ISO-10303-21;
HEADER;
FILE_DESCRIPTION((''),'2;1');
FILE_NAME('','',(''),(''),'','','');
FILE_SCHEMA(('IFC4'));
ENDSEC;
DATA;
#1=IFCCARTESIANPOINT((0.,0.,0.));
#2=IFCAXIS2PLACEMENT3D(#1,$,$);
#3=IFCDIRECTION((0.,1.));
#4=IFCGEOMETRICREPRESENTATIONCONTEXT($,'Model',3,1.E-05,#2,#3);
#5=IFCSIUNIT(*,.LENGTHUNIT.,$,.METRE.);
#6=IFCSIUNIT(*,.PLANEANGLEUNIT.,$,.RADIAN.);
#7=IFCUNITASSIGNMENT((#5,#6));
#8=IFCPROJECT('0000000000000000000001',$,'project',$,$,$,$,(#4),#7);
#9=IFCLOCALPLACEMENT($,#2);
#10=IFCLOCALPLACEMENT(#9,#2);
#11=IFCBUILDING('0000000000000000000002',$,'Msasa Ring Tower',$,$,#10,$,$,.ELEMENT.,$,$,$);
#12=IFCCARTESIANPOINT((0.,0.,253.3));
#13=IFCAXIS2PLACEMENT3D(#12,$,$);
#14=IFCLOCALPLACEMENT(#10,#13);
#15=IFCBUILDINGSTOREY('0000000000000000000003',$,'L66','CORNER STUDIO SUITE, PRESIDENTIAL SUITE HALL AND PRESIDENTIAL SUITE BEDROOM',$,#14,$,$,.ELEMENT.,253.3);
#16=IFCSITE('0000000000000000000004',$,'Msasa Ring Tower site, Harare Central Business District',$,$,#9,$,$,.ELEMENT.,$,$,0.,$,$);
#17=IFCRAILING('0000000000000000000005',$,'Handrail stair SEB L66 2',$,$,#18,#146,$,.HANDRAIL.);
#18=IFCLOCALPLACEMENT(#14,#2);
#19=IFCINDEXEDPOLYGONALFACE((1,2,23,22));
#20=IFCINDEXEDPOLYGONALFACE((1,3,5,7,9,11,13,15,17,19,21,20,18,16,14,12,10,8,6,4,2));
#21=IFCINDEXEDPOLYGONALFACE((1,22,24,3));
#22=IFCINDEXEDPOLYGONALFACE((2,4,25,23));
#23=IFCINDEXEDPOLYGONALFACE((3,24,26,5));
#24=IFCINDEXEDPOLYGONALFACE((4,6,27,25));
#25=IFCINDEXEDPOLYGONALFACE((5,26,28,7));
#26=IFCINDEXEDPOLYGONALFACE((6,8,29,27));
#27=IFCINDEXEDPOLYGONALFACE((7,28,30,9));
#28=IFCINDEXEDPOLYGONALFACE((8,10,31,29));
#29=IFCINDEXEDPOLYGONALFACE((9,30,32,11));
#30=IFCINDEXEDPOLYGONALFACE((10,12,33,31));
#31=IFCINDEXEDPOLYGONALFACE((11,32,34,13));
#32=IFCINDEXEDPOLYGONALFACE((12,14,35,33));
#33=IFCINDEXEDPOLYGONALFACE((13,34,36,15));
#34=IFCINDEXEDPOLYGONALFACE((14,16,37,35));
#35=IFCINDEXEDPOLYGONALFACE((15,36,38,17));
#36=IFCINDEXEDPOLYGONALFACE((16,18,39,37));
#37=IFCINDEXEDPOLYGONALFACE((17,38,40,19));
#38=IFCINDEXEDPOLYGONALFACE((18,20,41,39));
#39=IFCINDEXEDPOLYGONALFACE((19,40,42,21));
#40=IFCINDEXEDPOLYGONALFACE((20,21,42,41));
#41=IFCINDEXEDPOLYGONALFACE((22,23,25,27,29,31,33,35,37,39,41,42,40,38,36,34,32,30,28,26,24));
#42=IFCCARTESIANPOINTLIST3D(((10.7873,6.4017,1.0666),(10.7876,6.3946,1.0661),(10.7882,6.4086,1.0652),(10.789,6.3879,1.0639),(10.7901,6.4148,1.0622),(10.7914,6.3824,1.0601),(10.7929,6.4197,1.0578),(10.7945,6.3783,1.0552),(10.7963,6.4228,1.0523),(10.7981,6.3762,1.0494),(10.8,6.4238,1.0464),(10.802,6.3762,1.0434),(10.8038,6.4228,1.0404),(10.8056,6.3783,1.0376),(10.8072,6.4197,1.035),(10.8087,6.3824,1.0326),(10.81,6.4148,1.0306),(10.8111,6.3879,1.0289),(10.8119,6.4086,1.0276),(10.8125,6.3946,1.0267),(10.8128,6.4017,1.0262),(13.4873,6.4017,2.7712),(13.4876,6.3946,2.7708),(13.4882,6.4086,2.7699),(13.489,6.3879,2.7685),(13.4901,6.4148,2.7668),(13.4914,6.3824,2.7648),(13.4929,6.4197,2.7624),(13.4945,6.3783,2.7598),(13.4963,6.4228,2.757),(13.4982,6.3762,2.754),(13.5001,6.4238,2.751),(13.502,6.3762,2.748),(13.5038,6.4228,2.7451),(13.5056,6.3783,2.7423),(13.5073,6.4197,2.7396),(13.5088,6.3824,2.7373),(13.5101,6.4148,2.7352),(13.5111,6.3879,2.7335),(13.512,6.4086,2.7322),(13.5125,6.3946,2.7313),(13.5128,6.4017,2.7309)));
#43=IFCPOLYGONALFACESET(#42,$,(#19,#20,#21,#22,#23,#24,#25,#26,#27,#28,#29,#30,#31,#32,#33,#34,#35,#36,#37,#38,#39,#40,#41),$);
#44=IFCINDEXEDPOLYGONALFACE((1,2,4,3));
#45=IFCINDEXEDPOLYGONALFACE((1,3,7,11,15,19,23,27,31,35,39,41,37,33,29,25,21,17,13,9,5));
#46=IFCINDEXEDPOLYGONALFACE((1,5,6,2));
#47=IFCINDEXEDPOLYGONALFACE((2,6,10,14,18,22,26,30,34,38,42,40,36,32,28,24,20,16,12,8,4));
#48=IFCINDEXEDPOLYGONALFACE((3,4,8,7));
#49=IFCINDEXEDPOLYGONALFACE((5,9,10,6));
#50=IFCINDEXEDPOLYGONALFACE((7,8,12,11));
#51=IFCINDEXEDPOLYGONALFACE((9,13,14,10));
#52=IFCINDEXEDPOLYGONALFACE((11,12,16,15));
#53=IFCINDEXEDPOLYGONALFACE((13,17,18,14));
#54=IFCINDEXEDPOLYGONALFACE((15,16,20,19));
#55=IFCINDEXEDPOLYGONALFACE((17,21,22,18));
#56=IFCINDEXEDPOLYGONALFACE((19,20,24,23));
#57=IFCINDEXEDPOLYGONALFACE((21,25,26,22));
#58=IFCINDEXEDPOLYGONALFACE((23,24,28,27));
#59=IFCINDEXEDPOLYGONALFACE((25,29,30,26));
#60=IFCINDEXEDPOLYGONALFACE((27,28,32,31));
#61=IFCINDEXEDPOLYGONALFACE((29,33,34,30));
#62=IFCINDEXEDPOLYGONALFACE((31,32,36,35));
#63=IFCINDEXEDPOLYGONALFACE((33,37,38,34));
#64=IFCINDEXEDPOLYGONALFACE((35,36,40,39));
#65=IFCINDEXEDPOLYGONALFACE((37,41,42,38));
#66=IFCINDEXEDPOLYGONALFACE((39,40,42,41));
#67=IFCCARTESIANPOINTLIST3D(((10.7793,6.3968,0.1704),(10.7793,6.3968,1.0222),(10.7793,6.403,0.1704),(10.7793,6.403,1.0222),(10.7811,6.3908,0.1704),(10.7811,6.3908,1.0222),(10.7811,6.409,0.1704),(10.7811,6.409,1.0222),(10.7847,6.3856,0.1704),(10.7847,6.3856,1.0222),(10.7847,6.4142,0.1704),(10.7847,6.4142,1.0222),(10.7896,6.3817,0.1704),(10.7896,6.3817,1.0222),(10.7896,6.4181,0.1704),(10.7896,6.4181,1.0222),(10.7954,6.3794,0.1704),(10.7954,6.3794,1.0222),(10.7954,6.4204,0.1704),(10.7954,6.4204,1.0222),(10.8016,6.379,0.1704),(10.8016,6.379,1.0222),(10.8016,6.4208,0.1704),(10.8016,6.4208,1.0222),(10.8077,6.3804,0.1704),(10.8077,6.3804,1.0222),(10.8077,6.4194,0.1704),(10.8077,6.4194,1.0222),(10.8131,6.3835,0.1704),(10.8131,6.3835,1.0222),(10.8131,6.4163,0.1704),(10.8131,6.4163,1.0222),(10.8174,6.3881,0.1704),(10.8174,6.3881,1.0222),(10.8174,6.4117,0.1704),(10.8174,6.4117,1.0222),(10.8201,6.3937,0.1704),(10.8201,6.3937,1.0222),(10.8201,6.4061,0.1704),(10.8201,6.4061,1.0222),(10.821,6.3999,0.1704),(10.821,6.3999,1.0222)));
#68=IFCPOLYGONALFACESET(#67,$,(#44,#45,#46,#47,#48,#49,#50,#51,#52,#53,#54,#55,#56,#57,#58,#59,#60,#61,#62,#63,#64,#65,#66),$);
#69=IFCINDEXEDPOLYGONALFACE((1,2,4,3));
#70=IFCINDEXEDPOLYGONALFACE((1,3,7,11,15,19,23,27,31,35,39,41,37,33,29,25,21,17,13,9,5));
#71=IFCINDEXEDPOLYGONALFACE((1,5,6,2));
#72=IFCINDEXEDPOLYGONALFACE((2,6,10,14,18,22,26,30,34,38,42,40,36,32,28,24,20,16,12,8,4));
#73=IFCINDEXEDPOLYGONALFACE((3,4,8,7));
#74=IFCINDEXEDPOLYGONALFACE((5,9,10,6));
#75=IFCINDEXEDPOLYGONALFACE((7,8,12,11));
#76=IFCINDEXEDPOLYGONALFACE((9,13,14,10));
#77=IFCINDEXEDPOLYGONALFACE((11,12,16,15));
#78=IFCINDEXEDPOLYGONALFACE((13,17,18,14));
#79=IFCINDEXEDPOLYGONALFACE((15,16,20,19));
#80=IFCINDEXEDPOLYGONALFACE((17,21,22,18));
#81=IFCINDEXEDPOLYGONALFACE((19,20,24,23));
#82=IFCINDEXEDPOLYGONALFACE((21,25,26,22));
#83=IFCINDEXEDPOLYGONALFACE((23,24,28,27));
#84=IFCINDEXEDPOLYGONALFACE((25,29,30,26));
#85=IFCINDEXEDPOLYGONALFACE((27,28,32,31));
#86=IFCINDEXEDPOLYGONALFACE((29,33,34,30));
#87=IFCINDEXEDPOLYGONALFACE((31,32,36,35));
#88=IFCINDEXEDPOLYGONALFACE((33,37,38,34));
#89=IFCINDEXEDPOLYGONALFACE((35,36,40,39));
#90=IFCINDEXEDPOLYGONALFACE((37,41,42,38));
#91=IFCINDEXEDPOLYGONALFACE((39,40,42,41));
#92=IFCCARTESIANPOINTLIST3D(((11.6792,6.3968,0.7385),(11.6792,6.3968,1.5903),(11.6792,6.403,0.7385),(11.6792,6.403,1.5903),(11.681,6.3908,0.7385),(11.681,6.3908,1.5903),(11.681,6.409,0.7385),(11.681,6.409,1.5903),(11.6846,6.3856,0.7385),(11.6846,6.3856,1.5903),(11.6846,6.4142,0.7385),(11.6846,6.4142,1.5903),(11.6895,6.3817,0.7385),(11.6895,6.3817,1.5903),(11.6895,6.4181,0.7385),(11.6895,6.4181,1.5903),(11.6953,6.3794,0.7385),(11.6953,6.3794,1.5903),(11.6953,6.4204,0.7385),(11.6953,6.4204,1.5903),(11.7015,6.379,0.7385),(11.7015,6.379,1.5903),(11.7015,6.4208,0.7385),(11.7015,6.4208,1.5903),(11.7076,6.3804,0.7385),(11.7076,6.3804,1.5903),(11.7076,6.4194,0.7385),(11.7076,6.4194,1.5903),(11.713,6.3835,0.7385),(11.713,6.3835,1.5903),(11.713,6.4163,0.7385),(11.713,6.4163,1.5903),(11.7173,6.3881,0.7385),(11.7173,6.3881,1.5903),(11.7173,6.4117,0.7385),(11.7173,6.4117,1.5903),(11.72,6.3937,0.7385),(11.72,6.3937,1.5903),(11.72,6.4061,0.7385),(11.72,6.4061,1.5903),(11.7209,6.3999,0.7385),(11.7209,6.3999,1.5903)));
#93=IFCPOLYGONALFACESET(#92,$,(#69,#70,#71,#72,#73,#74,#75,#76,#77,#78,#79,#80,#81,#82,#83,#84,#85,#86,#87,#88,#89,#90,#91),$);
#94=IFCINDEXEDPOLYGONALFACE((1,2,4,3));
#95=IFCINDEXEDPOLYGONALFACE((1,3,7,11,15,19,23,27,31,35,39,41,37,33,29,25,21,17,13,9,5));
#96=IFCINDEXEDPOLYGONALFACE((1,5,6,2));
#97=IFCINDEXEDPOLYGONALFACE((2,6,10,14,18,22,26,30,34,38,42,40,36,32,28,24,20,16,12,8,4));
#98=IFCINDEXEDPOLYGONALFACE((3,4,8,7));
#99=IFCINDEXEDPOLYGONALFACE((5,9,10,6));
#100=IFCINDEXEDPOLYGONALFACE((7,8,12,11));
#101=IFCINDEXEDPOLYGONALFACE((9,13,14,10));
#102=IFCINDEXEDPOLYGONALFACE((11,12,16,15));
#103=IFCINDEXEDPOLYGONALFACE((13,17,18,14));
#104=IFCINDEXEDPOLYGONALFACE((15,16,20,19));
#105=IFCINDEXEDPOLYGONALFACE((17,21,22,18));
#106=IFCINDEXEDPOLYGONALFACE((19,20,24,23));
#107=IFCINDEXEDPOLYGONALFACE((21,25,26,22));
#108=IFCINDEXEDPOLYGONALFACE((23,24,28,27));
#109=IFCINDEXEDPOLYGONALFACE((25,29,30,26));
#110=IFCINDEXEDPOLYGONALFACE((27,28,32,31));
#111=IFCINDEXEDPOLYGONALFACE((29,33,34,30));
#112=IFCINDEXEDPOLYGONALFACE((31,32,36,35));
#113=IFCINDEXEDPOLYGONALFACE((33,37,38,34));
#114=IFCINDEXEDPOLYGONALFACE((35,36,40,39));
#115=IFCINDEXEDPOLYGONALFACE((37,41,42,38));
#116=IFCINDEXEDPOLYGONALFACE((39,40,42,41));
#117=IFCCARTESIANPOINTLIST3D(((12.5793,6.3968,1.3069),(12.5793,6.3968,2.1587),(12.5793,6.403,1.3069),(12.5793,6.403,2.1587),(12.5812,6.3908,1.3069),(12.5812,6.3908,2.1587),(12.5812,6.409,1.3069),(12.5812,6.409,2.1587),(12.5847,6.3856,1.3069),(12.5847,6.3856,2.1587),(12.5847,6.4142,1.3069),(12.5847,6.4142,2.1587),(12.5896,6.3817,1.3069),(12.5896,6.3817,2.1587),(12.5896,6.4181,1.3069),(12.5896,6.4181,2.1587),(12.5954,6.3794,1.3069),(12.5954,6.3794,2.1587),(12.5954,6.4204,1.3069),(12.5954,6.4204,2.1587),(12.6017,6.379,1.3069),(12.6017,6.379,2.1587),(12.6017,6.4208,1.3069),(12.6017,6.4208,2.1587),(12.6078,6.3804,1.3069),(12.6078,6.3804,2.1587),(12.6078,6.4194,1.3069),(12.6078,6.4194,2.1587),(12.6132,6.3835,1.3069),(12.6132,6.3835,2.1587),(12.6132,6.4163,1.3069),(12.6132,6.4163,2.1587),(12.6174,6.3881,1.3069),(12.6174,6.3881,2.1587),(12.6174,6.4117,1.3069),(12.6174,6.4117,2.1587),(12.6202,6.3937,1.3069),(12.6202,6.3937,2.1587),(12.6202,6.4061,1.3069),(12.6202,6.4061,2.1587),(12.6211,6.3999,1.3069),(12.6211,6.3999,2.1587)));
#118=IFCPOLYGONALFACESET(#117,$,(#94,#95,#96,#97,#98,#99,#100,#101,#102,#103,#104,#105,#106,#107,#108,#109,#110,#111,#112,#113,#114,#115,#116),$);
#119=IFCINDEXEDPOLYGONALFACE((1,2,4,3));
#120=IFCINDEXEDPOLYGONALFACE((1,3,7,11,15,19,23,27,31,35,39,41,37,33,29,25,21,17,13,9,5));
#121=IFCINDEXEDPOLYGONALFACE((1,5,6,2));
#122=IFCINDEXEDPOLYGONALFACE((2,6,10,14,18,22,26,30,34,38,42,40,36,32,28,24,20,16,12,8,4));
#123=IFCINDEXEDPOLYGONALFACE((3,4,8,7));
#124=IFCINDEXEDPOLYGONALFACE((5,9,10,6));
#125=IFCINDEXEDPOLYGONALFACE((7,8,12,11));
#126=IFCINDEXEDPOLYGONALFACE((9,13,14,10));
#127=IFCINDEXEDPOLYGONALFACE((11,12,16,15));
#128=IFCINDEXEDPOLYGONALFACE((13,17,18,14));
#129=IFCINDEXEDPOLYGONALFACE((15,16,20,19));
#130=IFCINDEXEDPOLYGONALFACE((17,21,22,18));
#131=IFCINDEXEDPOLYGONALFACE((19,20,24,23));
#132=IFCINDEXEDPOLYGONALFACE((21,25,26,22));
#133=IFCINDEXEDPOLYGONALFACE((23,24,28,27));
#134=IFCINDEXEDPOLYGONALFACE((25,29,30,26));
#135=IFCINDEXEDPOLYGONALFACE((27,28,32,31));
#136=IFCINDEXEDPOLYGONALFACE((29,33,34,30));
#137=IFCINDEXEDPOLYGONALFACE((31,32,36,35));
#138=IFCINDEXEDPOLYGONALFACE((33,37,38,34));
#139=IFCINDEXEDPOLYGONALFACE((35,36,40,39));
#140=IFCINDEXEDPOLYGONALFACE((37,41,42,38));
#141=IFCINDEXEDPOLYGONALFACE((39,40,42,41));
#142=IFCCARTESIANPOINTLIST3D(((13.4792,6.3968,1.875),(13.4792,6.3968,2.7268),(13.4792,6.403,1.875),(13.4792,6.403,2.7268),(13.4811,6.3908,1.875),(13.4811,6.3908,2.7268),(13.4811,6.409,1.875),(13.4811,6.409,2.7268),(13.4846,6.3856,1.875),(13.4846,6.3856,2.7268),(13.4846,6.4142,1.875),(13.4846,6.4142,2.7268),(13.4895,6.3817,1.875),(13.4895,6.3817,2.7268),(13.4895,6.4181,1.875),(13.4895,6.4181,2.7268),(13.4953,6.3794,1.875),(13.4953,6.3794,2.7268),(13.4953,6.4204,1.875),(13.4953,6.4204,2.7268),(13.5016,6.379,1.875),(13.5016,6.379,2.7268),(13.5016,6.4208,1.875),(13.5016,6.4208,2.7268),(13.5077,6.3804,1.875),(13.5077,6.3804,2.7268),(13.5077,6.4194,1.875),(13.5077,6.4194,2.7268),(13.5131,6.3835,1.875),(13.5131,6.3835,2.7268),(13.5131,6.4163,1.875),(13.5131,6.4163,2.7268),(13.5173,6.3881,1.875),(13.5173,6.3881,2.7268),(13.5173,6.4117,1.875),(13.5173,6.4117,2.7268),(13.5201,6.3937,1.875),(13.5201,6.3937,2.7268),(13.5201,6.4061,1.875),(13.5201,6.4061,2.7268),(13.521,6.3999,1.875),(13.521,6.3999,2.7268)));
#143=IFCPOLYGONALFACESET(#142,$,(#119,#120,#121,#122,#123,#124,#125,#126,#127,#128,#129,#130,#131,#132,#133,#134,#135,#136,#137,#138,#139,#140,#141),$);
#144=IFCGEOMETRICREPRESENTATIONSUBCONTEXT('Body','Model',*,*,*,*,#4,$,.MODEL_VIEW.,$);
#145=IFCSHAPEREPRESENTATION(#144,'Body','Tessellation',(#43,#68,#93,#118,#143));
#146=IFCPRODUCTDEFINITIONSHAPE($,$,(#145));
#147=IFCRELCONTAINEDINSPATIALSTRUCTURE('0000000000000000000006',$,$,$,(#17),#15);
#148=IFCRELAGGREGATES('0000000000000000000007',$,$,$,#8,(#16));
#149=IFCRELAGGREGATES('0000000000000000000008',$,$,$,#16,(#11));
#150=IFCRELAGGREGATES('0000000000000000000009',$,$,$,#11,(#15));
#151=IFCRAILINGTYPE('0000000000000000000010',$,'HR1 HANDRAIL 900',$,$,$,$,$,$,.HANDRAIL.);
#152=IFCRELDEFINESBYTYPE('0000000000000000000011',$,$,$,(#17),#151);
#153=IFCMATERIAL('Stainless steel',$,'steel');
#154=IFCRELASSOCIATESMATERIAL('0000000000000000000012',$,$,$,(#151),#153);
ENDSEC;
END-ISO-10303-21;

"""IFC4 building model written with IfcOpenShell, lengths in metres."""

from ifc_helpers import new_model, si_unit, direction, frame, origin, origin_2d, place, context, subcontext, project, spatial, circle, extrude, material, type_object, element, save


model = new_model("IFC4")

# Units and contexts
model_context = context("Model", 3, precision=1e-05, world=origin(), true_north=direction((0.0, 1.0)))
body_context = subcontext(model_context, "Body", "Model", "MODEL_VIEW")
ifc_project = project(units=[si_unit("LENGTHUNIT", "METRE"), si_unit("PLANEANGLEUNIT", "RADIAN")], contexts=[model_context])

# Site, building, storey
site_placement = place(None, origin())
site = spatial("IfcSite", under=ifc_project, at=site_placement, Name="Msasa Ring Tower site, Harare Central Business District", CompositionType="ELEMENT", RefElevation=0.0)
building_placement = place(site_placement, origin())
building = spatial("IfcBuilding", under=site, at=building_placement, Name="Msasa Ring Tower", CompositionType="ELEMENT")
storey_placement = place(building_placement, frame((0.0, 0.0, 253.3)))
storey = spatial("IfcBuildingStorey", under=building, at=storey_placement, Name="L66", Description="CORNER STUDIO SUITE, PRESIDENTIAL SUITE HALL AND PRESIDENTIAL SUITE BEDROOM", CompositionType="ELEMENT", Elevation=253.3)

# Railing
ifc_material_1 = material(Name="Stainless steel", Category="steel")
railing_type = type_object("IfcRailingType", Name="HR1 HANDRAIL 900", PredefinedType="HANDRAIL", material=ifc_material_1)
for number, where, name in (
    (1, (10.8, 6.3999, 0.1704), "Handrail stair SEB L66 2"),
):
    element("IfcRailing", number, at=place(storey_placement, frame(where)), inside=storey, type_object=railing_type, Name=name, PredefinedType="HANDRAIL", context=body_context, shape_type="SweptSolid", body=[
        extrude(circle(Radius=0.0239, at=origin_2d()), frame((0.0, 0.0, 0.876), z_axis=(0.84558, 0.0, 0.533849), x_axis=(0.0, 1.0, 0.0)), (0.0, 0.0, 1.0), 3.1931),
        extrude(circle(Radius=0.021, at=origin_2d()), origin(), (0.0, 0.0, 1.0), 0.8518),
        extrude(circle(Radius=0.021, at=origin_2d()), frame((0.8999, 0.0, 0.5681)), (0.0, 0.0, 1.0), 0.8518),
        extrude(circle(Radius=0.021, at=origin_2d()), frame((1.8, 0.0, 1.1365)), (0.0, 0.0, 1.0), 0.8518),
        extrude(circle(Radius=0.021, at=origin_2d()), frame((2.7, 0.0, 1.7046)), (0.0, 0.0, 1.0), 0.8518),
    ])

save(model, "model.ifc")
